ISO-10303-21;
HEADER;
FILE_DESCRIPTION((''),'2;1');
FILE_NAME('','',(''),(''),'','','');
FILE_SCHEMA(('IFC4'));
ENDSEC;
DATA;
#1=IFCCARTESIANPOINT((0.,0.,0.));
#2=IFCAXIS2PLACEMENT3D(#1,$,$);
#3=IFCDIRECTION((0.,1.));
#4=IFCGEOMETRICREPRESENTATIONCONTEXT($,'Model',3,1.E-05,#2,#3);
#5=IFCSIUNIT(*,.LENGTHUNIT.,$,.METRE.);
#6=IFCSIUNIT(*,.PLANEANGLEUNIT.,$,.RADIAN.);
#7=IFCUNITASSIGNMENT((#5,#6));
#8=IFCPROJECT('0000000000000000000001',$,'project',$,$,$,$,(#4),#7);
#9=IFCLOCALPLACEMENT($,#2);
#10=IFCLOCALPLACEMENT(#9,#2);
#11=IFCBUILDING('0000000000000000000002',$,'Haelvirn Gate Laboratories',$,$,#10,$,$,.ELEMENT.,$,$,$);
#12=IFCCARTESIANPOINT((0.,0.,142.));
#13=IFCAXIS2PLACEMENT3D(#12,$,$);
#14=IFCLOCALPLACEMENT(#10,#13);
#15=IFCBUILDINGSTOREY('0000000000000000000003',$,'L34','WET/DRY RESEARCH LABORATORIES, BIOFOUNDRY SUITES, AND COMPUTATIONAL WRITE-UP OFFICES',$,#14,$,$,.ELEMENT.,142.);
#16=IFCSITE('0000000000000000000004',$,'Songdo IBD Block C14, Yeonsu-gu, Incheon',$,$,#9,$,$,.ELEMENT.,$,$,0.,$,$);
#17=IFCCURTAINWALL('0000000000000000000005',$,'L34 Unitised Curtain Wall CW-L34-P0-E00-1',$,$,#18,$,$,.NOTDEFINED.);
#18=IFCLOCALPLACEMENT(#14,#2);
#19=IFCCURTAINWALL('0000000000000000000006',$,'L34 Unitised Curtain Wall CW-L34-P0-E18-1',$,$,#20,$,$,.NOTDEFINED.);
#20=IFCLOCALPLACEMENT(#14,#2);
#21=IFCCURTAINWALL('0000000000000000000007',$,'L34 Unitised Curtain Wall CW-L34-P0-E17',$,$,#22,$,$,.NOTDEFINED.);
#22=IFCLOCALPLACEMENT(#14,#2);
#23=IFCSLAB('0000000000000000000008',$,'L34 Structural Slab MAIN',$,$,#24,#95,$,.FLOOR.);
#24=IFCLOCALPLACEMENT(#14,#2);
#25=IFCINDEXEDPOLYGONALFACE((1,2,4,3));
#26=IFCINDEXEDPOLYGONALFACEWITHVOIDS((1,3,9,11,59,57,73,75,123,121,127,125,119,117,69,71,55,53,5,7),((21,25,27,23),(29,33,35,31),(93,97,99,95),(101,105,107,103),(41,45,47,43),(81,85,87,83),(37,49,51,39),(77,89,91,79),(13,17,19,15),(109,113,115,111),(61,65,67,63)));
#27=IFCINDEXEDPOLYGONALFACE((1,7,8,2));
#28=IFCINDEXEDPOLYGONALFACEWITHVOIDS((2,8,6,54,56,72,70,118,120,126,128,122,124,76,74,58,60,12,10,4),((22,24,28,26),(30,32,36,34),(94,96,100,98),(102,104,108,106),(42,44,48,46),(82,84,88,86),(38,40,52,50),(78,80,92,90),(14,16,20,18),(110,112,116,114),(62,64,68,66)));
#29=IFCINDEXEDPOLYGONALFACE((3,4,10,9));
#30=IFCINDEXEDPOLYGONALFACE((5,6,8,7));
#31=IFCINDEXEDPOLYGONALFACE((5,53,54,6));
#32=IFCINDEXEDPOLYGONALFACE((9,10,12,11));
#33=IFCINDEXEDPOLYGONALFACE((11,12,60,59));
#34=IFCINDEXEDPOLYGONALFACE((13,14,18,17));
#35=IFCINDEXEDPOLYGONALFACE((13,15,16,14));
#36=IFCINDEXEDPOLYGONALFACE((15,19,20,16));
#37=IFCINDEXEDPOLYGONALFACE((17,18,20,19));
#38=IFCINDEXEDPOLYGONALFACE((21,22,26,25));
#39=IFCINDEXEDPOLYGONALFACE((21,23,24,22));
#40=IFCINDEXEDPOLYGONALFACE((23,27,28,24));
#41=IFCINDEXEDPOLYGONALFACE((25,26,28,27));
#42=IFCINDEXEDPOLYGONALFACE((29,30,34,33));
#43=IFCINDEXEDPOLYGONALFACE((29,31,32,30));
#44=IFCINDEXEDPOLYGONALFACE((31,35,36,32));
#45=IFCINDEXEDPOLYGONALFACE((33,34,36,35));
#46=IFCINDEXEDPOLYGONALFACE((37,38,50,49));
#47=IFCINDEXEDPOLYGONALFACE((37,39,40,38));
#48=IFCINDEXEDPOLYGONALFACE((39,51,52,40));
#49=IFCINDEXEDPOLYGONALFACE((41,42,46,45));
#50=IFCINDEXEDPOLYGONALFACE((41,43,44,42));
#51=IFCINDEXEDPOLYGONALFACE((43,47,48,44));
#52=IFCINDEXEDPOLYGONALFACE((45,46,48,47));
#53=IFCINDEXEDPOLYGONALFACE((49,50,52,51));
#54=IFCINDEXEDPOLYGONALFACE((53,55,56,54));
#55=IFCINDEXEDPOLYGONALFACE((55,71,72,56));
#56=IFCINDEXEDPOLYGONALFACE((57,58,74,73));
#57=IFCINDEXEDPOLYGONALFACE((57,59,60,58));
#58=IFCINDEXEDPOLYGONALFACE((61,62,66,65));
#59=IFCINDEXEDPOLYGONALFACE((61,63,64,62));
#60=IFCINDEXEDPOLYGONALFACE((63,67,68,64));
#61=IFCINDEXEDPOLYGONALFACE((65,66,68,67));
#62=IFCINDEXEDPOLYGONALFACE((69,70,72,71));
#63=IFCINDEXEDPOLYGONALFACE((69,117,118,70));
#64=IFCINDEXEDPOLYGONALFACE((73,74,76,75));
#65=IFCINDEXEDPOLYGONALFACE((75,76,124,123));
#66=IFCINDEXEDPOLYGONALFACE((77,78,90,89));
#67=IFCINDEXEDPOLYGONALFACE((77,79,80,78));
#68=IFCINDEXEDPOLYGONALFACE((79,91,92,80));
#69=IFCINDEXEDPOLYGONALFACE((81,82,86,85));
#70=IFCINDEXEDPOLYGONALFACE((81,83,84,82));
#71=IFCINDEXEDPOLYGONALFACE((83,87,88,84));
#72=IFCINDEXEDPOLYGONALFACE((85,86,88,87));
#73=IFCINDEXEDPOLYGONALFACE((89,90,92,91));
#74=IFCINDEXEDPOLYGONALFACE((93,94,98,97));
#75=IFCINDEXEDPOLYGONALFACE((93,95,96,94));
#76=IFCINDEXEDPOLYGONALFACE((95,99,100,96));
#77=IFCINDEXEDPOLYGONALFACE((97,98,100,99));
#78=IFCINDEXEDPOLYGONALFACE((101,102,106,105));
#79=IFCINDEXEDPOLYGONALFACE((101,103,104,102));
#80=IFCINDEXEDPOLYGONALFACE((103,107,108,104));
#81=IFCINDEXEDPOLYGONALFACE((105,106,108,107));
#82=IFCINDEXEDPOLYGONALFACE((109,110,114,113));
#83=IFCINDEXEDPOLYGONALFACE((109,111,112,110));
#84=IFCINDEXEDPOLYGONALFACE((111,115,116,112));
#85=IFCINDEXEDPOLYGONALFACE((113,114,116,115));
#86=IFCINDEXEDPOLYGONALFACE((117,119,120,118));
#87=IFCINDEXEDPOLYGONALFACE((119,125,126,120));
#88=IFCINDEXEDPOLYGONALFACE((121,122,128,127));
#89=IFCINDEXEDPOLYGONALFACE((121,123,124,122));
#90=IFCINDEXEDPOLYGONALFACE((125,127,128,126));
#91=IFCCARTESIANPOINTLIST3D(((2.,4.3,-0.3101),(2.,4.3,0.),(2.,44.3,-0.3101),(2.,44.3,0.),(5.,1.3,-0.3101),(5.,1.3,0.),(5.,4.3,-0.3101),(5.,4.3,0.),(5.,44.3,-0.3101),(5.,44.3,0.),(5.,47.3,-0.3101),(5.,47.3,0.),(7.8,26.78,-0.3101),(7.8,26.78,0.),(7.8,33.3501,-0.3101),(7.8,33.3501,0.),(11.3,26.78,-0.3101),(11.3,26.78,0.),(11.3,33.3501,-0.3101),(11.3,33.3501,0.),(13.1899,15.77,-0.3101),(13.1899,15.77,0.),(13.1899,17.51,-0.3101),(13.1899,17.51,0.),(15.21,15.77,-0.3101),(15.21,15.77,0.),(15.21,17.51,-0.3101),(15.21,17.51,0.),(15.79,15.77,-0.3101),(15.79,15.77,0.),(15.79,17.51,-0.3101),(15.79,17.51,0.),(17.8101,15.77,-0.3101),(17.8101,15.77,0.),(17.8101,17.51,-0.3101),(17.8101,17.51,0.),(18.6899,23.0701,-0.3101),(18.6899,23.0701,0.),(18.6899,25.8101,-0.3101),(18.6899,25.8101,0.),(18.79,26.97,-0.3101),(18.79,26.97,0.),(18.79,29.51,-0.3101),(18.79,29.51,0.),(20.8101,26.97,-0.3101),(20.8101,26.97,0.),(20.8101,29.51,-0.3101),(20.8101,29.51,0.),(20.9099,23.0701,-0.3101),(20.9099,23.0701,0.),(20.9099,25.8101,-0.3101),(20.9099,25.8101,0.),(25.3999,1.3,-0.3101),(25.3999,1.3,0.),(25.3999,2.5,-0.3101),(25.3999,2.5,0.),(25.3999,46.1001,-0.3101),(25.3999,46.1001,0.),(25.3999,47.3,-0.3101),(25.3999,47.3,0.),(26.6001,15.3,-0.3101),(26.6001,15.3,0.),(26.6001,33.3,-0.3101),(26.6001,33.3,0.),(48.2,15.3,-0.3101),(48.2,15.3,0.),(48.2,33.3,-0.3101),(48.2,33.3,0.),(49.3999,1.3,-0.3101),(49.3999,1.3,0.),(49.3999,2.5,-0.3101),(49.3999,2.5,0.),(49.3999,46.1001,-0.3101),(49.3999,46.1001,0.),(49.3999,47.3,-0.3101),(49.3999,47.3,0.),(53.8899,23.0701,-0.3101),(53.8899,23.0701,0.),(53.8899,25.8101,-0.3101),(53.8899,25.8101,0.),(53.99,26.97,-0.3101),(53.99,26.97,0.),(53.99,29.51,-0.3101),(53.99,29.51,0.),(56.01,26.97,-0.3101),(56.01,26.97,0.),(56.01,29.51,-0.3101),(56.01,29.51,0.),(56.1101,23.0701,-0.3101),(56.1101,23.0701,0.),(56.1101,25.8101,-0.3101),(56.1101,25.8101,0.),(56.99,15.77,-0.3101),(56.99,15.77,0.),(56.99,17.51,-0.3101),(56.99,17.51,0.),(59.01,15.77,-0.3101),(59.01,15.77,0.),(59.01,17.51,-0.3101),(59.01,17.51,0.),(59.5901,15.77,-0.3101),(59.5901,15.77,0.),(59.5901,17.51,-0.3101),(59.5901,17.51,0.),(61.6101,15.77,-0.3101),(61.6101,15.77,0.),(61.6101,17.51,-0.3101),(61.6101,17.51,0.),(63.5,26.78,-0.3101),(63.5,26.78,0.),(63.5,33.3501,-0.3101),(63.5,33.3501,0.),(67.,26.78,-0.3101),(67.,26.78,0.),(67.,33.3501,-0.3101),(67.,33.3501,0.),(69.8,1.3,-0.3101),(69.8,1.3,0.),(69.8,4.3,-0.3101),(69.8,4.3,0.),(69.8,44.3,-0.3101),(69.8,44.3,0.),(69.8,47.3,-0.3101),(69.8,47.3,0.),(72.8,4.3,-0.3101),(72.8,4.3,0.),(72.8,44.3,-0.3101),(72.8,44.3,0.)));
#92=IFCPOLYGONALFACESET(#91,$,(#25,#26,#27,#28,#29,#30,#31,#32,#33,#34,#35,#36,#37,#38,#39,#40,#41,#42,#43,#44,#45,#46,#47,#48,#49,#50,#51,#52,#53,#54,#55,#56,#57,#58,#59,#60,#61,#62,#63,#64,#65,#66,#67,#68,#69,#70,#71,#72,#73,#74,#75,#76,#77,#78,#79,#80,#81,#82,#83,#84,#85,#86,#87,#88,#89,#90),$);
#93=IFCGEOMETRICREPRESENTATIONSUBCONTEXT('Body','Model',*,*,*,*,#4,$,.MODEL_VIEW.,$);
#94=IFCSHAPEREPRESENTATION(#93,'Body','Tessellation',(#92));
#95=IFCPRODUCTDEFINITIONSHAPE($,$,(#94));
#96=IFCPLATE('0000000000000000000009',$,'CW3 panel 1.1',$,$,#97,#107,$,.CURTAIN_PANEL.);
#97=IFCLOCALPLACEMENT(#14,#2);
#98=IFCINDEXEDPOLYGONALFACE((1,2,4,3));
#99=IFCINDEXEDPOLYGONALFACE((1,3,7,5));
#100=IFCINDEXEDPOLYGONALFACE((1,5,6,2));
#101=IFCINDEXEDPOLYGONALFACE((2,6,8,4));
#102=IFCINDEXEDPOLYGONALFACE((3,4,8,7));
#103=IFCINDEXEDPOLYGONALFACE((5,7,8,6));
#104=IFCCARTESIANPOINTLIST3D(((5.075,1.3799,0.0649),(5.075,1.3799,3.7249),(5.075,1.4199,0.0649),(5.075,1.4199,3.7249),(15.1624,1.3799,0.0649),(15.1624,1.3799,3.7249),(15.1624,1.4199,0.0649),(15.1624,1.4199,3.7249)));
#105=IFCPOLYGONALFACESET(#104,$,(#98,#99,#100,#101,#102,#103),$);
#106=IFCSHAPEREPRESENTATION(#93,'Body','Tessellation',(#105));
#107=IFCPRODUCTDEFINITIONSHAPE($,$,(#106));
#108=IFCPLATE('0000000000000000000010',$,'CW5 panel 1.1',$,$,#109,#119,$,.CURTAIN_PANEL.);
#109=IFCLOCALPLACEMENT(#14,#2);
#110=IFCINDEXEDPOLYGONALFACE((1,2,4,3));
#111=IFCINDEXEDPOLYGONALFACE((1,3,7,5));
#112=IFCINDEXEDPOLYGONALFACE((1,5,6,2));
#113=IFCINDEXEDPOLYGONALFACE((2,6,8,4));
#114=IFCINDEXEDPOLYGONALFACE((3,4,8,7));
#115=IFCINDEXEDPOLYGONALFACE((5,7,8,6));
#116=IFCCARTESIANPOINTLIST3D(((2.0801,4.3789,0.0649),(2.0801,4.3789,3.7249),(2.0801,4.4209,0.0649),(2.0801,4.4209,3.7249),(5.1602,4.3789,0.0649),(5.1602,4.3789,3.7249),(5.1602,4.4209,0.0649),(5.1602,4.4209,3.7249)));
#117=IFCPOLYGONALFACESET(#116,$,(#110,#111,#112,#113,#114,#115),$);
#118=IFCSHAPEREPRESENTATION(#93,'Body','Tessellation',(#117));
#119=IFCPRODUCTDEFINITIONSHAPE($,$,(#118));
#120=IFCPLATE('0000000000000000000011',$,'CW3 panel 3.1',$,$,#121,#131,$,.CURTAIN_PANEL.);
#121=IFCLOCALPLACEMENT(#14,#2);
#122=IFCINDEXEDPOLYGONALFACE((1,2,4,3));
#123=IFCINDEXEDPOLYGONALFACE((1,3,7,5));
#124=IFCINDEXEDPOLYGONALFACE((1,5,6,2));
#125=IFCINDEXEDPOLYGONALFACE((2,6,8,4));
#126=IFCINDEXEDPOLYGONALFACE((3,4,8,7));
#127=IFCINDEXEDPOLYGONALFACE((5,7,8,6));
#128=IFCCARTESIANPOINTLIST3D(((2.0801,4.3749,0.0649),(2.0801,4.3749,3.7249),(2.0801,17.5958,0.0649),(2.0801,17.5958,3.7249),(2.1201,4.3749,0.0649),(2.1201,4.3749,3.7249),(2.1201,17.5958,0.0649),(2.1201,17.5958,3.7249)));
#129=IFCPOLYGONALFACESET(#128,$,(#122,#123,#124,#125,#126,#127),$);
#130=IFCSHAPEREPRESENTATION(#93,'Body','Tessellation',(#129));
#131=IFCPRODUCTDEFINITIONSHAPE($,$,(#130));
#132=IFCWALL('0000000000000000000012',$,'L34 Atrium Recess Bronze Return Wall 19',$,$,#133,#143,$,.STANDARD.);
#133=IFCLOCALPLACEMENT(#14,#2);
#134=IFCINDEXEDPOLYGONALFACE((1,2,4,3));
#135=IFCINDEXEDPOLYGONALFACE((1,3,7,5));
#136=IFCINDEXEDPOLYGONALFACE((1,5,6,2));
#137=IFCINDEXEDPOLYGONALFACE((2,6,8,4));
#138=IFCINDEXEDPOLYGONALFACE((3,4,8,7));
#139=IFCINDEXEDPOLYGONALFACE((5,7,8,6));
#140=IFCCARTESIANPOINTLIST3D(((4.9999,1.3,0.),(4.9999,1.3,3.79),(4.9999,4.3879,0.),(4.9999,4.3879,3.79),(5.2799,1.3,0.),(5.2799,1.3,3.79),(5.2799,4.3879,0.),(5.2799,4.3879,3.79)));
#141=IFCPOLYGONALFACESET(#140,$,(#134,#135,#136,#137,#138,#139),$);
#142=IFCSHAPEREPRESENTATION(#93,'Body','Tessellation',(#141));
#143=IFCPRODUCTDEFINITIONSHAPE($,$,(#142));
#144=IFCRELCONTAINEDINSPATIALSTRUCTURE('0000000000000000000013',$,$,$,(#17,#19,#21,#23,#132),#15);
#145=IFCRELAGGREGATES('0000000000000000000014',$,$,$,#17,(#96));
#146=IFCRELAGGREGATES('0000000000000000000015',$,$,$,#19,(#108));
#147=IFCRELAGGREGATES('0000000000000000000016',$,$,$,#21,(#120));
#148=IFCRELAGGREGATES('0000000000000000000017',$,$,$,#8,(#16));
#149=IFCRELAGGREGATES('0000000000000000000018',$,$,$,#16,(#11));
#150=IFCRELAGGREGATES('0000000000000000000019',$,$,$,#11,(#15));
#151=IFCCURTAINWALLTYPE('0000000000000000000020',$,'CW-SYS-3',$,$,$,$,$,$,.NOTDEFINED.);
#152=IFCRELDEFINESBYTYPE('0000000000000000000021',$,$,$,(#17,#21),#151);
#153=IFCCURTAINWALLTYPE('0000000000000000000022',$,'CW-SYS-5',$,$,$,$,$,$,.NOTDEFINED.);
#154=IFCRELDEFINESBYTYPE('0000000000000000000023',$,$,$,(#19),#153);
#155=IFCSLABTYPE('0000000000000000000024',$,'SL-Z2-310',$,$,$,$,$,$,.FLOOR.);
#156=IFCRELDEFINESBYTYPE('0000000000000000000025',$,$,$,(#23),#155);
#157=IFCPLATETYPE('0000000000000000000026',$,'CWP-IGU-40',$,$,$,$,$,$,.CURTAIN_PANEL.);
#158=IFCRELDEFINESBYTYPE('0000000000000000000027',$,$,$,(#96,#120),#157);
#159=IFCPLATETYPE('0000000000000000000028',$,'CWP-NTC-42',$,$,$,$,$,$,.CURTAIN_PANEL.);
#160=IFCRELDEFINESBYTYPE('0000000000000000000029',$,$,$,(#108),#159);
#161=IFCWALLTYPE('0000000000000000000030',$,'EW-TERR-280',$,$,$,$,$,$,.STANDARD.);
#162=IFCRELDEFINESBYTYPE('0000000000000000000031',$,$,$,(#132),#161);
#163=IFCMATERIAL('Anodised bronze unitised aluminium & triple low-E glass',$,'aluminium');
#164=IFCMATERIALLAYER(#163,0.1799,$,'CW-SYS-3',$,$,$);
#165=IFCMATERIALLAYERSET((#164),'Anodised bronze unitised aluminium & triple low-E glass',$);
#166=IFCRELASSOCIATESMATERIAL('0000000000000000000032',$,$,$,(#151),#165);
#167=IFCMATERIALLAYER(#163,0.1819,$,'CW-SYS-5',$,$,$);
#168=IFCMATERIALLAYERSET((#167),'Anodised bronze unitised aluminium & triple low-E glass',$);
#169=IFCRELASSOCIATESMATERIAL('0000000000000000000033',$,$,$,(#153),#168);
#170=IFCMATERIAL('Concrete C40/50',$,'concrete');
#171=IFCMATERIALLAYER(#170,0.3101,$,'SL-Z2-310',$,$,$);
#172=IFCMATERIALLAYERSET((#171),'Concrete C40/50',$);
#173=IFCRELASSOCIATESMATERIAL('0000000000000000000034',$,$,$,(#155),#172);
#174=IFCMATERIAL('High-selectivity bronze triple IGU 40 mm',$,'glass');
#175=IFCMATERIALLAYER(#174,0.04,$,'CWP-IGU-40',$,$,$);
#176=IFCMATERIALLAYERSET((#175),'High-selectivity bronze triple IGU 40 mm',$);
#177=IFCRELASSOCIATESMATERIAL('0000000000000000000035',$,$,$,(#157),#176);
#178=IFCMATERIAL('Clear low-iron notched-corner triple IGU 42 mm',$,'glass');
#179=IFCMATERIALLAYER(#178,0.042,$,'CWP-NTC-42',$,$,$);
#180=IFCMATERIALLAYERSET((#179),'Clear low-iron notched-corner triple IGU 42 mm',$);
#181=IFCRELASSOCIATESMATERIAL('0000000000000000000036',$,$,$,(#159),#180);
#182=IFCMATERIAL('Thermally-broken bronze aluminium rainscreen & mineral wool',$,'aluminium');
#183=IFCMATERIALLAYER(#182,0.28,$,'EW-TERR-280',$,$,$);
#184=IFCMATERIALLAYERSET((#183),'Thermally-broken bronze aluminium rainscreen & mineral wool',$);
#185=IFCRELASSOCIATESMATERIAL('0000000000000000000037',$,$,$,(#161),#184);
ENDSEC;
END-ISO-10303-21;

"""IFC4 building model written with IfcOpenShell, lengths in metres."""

from ifc_helpers import new_model, si_unit, direction, frame, frame_2d, origin, origin_2d, place, context, subcontext, project, spatial, polyline, rectangle, outline, extrude, source, transform, mapped, material, layer, layer_set, type_object, type_shapes, element, aggregate, save


model = new_model("IFC4")

# Units and contexts
model_context = context("Model", 3, precision=1e-05, world=origin(), true_north=direction((0.0, 1.0)))
body_context = subcontext(model_context, "Body", "Model", "MODEL_VIEW")
ifc_project = project(units=[si_unit("LENGTHUNIT", "METRE"), si_unit("PLANEANGLEUNIT", "RADIAN")], contexts=[model_context])

# Site, building, storey
site_placement = place(None, origin())
site = spatial("IfcSite", under=ifc_project, at=site_placement, Name="Songdo IBD Block C14, Yeonsu-gu, Incheon", CompositionType="ELEMENT", RefElevation=0.0)
building_placement = place(site_placement, origin())
building = spatial("IfcBuilding", under=site, at=building_placement, Name="Haelvirn Gate Laboratories", CompositionType="ELEMENT")
storey_placement = place(building_placement, frame((0.0, 0.0, 142.0)))
storey = spatial("IfcBuildingStorey", under=building, at=storey_placement, Name="L34", Description="WET/DRY RESEARCH LABORATORIES, BIOFOUNDRY SUITES, AND COMPUTATIONAL WRITE-UP OFFICES", CompositionType="ELEMENT", Elevation=142.0)

# Curtain walls
ifc_material_1 = material(Name="Anodised bronze unitised aluminium & triple low-E glass", Category="aluminium")
ifc_layer_1 = layer(ifc_material_1, 0.1799, Name="CW-SYS-3")
ifc_layer_set_1 = layer_set([ifc_layer_1], Name="Anodised bronze unitised aluminium & triple low-E glass")
curtain_wall_type_1 = type_object("IfcCurtainWallType", Name="CW-SYS-3", PredefinedType="NOTDEFINED", material=ifc_layer_set_1)
curtain_wall_1_placement = place(storey_placement, origin())
curtain_wall_1 = element("IfcCurtainWall", 1, at=curtain_wall_1_placement, inside=storey, type_object=curtain_wall_type_1, Name="L34 Unitised Curtain Wall CW-L34-P0-E00-1", PredefinedType="NOTDEFINED")
ifc_layer_2 = layer(ifc_material_1, 0.1819, Name="CW-SYS-5")
ifc_layer_set_2 = layer_set([ifc_layer_2], Name="Anodised bronze unitised aluminium & triple low-E glass")
curtain_wall_type_2 = type_object("IfcCurtainWallType", Name="CW-SYS-5", PredefinedType="NOTDEFINED", material=ifc_layer_set_2)
curtain_wall_2_placement = place(storey_placement, origin())
curtain_wall_2 = element("IfcCurtainWall", 2, at=curtain_wall_2_placement, inside=storey, type_object=curtain_wall_type_2, Name="L34 Unitised Curtain Wall CW-L34-P0-E18-1", PredefinedType="NOTDEFINED")

# Curtain wall
curtain_wall_3_placement = place(storey_placement, origin())
curtain_wall_3 = element("IfcCurtainWall", 3, at=curtain_wall_3_placement, inside=storey, type_object=curtain_wall_type_1, Name="L34 Unitised Curtain Wall CW-L34-P0-E17", PredefinedType="NOTDEFINED")

# Shared definitions
ifc_material_2 = material(Name="Concrete C40/50", Category="concrete")

# Slab
ifc_layer_3 = layer(ifc_material_2, 0.3101, Name="SL-Z2-310")
ifc_layer_set_3 = layer_set([ifc_layer_3], Name="Concrete C40/50")
slab_type_1 = type_object("IfcSlabType", Name="SL-Z2-310", PredefinedType="FLOOR", material=ifc_layer_set_3)
slab_1_placement = place(storey_placement, frame((0.0, 0.0, -0.3101)))
element("IfcSlab", 4, at=slab_1_placement, inside=storey, type_object=slab_type_1, Name="L34 Structural Slab MAIN", PredefinedType="FLOOR", context=body_context, shape_type="SweptSolid", body=[
    extrude(outline(polyline([(5.0, 1.3), (25.3999, 1.3), (25.3999, 2.5), (49.3999, 2.5), (49.3999, 1.3), (69.8, 1.3), (69.8, 4.3), (72.8, 4.3), (72.8, 44.3), (69.8, 44.3), (69.8, 47.3), (49.3999, 47.3), (49.3999, 46.1001), (25.3999, 46.1001), (25.3999, 47.3), (5.0, 47.3), (5.0, 44.3), (2.0, 44.3), (2.0, 4.3), (5.0, 4.3), (5.0, 1.3)]), holes=[polyline([(26.6001, 15.3), (48.2, 15.3), (48.2, 33.3), (26.6001, 33.3), (26.6001, 15.3)]), polyline([(11.3, 26.78), (11.3, 33.3501), (7.8, 33.3501), (7.8, 26.78), (11.3, 26.78)]), polyline([(67.0, 26.78), (67.0, 33.3501), (63.5, 33.3501), (63.5, 26.78), (67.0, 26.78)]), polyline([(13.1899, 15.77), (15.21, 15.77), (15.21, 17.51), (13.1899, 17.51), (13.1899, 15.77)]), polyline([(15.79, 15.77), (17.8101, 15.77), (17.8101, 17.51), (15.79, 17.51), (15.79, 15.77)]), polyline([(18.79, 26.97), (20.8101, 26.97), (20.8101, 29.51), (18.79, 29.51), (18.79, 26.97)]), polyline([(18.6899, 23.0701), (20.9099, 23.0701), (20.9099, 25.8101), (18.6899, 25.8101), (18.6899, 23.0701)]), polyline([(59.5901, 15.77), (61.6101, 15.77), (61.6101, 17.51), (59.5901, 17.51), (59.5901, 15.77)]), polyline([(56.99, 15.77), (59.01, 15.77), (59.01, 17.51), (56.99, 17.51), (56.99, 15.77)]), polyline([(53.99, 26.97), (56.01, 26.97), (56.01, 29.51), (53.99, 29.51), (53.99, 26.97)]), polyline([(53.8899, 23.0701), (56.1101, 23.0701), (56.1101, 25.8101), (53.8899, 25.8101), (53.8899, 23.0701)])]), origin(), (0.0, 0.0, 1.0), 0.3101),
])

# Plates
ifc_material_3 = material(Name="High-selectivity bronze triple IGU 40 mm", Category="glass")
ifc_layer_4 = layer(ifc_material_3, 0.04, Name="CWP-IGU-40")
ifc_layer_set_4 = layer_set([ifc_layer_4], Name="High-selectivity bronze triple IGU 40 mm")
plate_type_1 = type_object("IfcPlateType", Name="CWP-IGU-40", PredefinedType="CURTAIN_PANEL", material=ifc_layer_set_4)
shared_shape_1 = source(origin(), body_context, "Body", "SweptSolid", [
    extrude(rectangle(XDim=10.0874, YDim=0.04, at=origin_2d()), origin(), (0.0, 0.0, 1.0), 3.6599),
])
plate_1_placement = place(storey_placement, frame((10.1187, 1.3999, 0.0649), z_axis=(0.0, 0.0, 1.0), x_axis=(1.0, 0.0, 0.0)))
plate_1 = element("IfcPlate", 5, at=plate_1_placement, type_object=plate_type_1, Name="CW3 panel 1.1", PredefinedType="CURTAIN_PANEL", context=body_context, shape_type="MappedRepresentation", body=[
    mapped(shared_shape_1, transform((0.0, 0.0, 0.0), scale=1.0)),
])
aggregate(curtain_wall_1, [plate_1])
ifc_material_4 = material(Name="Clear low-iron notched-corner triple IGU 42 mm", Category="glass")
ifc_layer_5 = layer(ifc_material_4, 0.042, Name="CWP-NTC-42")
ifc_layer_set_5 = layer_set([ifc_layer_5], Name="Clear low-iron notched-corner triple IGU 42 mm")
plate_type_2 = type_object("IfcPlateType", Name="CWP-NTC-42", PredefinedType="CURTAIN_PANEL", material=ifc_layer_set_5)
shared_shape_2 = source(origin(), body_context, "Body", "SweptSolid", [
    extrude(rectangle(XDim=3.0801, YDim=0.042, at=origin_2d()), origin(), (0.0, 0.0, 1.0), 3.6599),
])
type_shapes(plate_type_2, [shared_shape_2])
plate_2_placement = place(storey_placement, frame((3.6201, 4.3999, 0.0649), z_axis=(0.0, 0.0, 1.0), x_axis=(1.0, 0.0, 0.0)))
plate_2 = element("IfcPlate", 6, at=plate_2_placement, type_object=plate_type_2, Name="CW5 panel 1.1", PredefinedType="CURTAIN_PANEL", context=body_context, shape_type="MappedRepresentation", body=[
    mapped(shared_shape_2, transform((0.0, 0.0, 0.0), scale=1.0)),
])
aggregate(curtain_wall_2, [plate_2])
shared_shape_3 = source(origin(), body_context, "Body", "SweptSolid", [
    extrude(rectangle(XDim=13.2209, YDim=0.04, at=origin_2d()), origin(), (0.0, 0.0, 1.0), 3.6599),
])
type_shapes(plate_type_1, [shared_shape_1, shared_shape_3])
plate_3_placement = place(storey_placement, frame((2.1001, 10.9854, 0.0649), z_axis=(0.0, 0.0, 1.0), x_axis=(0.0, -1.0, 0.0)))
plate_3 = element("IfcPlate", 7, at=plate_3_placement, type_object=plate_type_1, Name="CW3 panel 3.1", PredefinedType="CURTAIN_PANEL", context=body_context, shape_type="MappedRepresentation", body=[
    mapped(shared_shape_3, transform((0.0, 0.0, 0.0), scale=1.0)),
])
aggregate(curtain_wall_3, [plate_3])

# Wall
ifc_material_5 = material(Name="Thermally-broken bronze aluminium rainscreen & mineral wool", Category="aluminium")
ifc_layer_6 = layer(ifc_material_5, 0.28, Name="EW-TERR-280")
ifc_layer_set_6 = layer_set([ifc_layer_6], Name="Thermally-broken bronze aluminium rainscreen & mineral wool")
wall_type = type_object("IfcWallType", Name="EW-TERR-280", PredefinedType="STANDARD", material=ifc_layer_set_6)
wall_placement = place(storey_placement, frame((5.1399, 4.3879, 0.0), z_axis=(0.0, 0.0, 1.0), x_axis=(0.0, -1.0, 0.0)))
element("IfcWall", 8, at=wall_placement, inside=storey, type_object=wall_type, Name="L34 Atrium Recess Bronze Return Wall 19", PredefinedType="STANDARD", context=body_context, shape_type="SweptSolid", body=[
    extrude(rectangle(XDim=3.0879, YDim=0.28, at=frame_2d((1.5439, 0.0))), origin(), (0.0, 0.0, 1.0), 3.79),
])

save(model, "model.ifc")
